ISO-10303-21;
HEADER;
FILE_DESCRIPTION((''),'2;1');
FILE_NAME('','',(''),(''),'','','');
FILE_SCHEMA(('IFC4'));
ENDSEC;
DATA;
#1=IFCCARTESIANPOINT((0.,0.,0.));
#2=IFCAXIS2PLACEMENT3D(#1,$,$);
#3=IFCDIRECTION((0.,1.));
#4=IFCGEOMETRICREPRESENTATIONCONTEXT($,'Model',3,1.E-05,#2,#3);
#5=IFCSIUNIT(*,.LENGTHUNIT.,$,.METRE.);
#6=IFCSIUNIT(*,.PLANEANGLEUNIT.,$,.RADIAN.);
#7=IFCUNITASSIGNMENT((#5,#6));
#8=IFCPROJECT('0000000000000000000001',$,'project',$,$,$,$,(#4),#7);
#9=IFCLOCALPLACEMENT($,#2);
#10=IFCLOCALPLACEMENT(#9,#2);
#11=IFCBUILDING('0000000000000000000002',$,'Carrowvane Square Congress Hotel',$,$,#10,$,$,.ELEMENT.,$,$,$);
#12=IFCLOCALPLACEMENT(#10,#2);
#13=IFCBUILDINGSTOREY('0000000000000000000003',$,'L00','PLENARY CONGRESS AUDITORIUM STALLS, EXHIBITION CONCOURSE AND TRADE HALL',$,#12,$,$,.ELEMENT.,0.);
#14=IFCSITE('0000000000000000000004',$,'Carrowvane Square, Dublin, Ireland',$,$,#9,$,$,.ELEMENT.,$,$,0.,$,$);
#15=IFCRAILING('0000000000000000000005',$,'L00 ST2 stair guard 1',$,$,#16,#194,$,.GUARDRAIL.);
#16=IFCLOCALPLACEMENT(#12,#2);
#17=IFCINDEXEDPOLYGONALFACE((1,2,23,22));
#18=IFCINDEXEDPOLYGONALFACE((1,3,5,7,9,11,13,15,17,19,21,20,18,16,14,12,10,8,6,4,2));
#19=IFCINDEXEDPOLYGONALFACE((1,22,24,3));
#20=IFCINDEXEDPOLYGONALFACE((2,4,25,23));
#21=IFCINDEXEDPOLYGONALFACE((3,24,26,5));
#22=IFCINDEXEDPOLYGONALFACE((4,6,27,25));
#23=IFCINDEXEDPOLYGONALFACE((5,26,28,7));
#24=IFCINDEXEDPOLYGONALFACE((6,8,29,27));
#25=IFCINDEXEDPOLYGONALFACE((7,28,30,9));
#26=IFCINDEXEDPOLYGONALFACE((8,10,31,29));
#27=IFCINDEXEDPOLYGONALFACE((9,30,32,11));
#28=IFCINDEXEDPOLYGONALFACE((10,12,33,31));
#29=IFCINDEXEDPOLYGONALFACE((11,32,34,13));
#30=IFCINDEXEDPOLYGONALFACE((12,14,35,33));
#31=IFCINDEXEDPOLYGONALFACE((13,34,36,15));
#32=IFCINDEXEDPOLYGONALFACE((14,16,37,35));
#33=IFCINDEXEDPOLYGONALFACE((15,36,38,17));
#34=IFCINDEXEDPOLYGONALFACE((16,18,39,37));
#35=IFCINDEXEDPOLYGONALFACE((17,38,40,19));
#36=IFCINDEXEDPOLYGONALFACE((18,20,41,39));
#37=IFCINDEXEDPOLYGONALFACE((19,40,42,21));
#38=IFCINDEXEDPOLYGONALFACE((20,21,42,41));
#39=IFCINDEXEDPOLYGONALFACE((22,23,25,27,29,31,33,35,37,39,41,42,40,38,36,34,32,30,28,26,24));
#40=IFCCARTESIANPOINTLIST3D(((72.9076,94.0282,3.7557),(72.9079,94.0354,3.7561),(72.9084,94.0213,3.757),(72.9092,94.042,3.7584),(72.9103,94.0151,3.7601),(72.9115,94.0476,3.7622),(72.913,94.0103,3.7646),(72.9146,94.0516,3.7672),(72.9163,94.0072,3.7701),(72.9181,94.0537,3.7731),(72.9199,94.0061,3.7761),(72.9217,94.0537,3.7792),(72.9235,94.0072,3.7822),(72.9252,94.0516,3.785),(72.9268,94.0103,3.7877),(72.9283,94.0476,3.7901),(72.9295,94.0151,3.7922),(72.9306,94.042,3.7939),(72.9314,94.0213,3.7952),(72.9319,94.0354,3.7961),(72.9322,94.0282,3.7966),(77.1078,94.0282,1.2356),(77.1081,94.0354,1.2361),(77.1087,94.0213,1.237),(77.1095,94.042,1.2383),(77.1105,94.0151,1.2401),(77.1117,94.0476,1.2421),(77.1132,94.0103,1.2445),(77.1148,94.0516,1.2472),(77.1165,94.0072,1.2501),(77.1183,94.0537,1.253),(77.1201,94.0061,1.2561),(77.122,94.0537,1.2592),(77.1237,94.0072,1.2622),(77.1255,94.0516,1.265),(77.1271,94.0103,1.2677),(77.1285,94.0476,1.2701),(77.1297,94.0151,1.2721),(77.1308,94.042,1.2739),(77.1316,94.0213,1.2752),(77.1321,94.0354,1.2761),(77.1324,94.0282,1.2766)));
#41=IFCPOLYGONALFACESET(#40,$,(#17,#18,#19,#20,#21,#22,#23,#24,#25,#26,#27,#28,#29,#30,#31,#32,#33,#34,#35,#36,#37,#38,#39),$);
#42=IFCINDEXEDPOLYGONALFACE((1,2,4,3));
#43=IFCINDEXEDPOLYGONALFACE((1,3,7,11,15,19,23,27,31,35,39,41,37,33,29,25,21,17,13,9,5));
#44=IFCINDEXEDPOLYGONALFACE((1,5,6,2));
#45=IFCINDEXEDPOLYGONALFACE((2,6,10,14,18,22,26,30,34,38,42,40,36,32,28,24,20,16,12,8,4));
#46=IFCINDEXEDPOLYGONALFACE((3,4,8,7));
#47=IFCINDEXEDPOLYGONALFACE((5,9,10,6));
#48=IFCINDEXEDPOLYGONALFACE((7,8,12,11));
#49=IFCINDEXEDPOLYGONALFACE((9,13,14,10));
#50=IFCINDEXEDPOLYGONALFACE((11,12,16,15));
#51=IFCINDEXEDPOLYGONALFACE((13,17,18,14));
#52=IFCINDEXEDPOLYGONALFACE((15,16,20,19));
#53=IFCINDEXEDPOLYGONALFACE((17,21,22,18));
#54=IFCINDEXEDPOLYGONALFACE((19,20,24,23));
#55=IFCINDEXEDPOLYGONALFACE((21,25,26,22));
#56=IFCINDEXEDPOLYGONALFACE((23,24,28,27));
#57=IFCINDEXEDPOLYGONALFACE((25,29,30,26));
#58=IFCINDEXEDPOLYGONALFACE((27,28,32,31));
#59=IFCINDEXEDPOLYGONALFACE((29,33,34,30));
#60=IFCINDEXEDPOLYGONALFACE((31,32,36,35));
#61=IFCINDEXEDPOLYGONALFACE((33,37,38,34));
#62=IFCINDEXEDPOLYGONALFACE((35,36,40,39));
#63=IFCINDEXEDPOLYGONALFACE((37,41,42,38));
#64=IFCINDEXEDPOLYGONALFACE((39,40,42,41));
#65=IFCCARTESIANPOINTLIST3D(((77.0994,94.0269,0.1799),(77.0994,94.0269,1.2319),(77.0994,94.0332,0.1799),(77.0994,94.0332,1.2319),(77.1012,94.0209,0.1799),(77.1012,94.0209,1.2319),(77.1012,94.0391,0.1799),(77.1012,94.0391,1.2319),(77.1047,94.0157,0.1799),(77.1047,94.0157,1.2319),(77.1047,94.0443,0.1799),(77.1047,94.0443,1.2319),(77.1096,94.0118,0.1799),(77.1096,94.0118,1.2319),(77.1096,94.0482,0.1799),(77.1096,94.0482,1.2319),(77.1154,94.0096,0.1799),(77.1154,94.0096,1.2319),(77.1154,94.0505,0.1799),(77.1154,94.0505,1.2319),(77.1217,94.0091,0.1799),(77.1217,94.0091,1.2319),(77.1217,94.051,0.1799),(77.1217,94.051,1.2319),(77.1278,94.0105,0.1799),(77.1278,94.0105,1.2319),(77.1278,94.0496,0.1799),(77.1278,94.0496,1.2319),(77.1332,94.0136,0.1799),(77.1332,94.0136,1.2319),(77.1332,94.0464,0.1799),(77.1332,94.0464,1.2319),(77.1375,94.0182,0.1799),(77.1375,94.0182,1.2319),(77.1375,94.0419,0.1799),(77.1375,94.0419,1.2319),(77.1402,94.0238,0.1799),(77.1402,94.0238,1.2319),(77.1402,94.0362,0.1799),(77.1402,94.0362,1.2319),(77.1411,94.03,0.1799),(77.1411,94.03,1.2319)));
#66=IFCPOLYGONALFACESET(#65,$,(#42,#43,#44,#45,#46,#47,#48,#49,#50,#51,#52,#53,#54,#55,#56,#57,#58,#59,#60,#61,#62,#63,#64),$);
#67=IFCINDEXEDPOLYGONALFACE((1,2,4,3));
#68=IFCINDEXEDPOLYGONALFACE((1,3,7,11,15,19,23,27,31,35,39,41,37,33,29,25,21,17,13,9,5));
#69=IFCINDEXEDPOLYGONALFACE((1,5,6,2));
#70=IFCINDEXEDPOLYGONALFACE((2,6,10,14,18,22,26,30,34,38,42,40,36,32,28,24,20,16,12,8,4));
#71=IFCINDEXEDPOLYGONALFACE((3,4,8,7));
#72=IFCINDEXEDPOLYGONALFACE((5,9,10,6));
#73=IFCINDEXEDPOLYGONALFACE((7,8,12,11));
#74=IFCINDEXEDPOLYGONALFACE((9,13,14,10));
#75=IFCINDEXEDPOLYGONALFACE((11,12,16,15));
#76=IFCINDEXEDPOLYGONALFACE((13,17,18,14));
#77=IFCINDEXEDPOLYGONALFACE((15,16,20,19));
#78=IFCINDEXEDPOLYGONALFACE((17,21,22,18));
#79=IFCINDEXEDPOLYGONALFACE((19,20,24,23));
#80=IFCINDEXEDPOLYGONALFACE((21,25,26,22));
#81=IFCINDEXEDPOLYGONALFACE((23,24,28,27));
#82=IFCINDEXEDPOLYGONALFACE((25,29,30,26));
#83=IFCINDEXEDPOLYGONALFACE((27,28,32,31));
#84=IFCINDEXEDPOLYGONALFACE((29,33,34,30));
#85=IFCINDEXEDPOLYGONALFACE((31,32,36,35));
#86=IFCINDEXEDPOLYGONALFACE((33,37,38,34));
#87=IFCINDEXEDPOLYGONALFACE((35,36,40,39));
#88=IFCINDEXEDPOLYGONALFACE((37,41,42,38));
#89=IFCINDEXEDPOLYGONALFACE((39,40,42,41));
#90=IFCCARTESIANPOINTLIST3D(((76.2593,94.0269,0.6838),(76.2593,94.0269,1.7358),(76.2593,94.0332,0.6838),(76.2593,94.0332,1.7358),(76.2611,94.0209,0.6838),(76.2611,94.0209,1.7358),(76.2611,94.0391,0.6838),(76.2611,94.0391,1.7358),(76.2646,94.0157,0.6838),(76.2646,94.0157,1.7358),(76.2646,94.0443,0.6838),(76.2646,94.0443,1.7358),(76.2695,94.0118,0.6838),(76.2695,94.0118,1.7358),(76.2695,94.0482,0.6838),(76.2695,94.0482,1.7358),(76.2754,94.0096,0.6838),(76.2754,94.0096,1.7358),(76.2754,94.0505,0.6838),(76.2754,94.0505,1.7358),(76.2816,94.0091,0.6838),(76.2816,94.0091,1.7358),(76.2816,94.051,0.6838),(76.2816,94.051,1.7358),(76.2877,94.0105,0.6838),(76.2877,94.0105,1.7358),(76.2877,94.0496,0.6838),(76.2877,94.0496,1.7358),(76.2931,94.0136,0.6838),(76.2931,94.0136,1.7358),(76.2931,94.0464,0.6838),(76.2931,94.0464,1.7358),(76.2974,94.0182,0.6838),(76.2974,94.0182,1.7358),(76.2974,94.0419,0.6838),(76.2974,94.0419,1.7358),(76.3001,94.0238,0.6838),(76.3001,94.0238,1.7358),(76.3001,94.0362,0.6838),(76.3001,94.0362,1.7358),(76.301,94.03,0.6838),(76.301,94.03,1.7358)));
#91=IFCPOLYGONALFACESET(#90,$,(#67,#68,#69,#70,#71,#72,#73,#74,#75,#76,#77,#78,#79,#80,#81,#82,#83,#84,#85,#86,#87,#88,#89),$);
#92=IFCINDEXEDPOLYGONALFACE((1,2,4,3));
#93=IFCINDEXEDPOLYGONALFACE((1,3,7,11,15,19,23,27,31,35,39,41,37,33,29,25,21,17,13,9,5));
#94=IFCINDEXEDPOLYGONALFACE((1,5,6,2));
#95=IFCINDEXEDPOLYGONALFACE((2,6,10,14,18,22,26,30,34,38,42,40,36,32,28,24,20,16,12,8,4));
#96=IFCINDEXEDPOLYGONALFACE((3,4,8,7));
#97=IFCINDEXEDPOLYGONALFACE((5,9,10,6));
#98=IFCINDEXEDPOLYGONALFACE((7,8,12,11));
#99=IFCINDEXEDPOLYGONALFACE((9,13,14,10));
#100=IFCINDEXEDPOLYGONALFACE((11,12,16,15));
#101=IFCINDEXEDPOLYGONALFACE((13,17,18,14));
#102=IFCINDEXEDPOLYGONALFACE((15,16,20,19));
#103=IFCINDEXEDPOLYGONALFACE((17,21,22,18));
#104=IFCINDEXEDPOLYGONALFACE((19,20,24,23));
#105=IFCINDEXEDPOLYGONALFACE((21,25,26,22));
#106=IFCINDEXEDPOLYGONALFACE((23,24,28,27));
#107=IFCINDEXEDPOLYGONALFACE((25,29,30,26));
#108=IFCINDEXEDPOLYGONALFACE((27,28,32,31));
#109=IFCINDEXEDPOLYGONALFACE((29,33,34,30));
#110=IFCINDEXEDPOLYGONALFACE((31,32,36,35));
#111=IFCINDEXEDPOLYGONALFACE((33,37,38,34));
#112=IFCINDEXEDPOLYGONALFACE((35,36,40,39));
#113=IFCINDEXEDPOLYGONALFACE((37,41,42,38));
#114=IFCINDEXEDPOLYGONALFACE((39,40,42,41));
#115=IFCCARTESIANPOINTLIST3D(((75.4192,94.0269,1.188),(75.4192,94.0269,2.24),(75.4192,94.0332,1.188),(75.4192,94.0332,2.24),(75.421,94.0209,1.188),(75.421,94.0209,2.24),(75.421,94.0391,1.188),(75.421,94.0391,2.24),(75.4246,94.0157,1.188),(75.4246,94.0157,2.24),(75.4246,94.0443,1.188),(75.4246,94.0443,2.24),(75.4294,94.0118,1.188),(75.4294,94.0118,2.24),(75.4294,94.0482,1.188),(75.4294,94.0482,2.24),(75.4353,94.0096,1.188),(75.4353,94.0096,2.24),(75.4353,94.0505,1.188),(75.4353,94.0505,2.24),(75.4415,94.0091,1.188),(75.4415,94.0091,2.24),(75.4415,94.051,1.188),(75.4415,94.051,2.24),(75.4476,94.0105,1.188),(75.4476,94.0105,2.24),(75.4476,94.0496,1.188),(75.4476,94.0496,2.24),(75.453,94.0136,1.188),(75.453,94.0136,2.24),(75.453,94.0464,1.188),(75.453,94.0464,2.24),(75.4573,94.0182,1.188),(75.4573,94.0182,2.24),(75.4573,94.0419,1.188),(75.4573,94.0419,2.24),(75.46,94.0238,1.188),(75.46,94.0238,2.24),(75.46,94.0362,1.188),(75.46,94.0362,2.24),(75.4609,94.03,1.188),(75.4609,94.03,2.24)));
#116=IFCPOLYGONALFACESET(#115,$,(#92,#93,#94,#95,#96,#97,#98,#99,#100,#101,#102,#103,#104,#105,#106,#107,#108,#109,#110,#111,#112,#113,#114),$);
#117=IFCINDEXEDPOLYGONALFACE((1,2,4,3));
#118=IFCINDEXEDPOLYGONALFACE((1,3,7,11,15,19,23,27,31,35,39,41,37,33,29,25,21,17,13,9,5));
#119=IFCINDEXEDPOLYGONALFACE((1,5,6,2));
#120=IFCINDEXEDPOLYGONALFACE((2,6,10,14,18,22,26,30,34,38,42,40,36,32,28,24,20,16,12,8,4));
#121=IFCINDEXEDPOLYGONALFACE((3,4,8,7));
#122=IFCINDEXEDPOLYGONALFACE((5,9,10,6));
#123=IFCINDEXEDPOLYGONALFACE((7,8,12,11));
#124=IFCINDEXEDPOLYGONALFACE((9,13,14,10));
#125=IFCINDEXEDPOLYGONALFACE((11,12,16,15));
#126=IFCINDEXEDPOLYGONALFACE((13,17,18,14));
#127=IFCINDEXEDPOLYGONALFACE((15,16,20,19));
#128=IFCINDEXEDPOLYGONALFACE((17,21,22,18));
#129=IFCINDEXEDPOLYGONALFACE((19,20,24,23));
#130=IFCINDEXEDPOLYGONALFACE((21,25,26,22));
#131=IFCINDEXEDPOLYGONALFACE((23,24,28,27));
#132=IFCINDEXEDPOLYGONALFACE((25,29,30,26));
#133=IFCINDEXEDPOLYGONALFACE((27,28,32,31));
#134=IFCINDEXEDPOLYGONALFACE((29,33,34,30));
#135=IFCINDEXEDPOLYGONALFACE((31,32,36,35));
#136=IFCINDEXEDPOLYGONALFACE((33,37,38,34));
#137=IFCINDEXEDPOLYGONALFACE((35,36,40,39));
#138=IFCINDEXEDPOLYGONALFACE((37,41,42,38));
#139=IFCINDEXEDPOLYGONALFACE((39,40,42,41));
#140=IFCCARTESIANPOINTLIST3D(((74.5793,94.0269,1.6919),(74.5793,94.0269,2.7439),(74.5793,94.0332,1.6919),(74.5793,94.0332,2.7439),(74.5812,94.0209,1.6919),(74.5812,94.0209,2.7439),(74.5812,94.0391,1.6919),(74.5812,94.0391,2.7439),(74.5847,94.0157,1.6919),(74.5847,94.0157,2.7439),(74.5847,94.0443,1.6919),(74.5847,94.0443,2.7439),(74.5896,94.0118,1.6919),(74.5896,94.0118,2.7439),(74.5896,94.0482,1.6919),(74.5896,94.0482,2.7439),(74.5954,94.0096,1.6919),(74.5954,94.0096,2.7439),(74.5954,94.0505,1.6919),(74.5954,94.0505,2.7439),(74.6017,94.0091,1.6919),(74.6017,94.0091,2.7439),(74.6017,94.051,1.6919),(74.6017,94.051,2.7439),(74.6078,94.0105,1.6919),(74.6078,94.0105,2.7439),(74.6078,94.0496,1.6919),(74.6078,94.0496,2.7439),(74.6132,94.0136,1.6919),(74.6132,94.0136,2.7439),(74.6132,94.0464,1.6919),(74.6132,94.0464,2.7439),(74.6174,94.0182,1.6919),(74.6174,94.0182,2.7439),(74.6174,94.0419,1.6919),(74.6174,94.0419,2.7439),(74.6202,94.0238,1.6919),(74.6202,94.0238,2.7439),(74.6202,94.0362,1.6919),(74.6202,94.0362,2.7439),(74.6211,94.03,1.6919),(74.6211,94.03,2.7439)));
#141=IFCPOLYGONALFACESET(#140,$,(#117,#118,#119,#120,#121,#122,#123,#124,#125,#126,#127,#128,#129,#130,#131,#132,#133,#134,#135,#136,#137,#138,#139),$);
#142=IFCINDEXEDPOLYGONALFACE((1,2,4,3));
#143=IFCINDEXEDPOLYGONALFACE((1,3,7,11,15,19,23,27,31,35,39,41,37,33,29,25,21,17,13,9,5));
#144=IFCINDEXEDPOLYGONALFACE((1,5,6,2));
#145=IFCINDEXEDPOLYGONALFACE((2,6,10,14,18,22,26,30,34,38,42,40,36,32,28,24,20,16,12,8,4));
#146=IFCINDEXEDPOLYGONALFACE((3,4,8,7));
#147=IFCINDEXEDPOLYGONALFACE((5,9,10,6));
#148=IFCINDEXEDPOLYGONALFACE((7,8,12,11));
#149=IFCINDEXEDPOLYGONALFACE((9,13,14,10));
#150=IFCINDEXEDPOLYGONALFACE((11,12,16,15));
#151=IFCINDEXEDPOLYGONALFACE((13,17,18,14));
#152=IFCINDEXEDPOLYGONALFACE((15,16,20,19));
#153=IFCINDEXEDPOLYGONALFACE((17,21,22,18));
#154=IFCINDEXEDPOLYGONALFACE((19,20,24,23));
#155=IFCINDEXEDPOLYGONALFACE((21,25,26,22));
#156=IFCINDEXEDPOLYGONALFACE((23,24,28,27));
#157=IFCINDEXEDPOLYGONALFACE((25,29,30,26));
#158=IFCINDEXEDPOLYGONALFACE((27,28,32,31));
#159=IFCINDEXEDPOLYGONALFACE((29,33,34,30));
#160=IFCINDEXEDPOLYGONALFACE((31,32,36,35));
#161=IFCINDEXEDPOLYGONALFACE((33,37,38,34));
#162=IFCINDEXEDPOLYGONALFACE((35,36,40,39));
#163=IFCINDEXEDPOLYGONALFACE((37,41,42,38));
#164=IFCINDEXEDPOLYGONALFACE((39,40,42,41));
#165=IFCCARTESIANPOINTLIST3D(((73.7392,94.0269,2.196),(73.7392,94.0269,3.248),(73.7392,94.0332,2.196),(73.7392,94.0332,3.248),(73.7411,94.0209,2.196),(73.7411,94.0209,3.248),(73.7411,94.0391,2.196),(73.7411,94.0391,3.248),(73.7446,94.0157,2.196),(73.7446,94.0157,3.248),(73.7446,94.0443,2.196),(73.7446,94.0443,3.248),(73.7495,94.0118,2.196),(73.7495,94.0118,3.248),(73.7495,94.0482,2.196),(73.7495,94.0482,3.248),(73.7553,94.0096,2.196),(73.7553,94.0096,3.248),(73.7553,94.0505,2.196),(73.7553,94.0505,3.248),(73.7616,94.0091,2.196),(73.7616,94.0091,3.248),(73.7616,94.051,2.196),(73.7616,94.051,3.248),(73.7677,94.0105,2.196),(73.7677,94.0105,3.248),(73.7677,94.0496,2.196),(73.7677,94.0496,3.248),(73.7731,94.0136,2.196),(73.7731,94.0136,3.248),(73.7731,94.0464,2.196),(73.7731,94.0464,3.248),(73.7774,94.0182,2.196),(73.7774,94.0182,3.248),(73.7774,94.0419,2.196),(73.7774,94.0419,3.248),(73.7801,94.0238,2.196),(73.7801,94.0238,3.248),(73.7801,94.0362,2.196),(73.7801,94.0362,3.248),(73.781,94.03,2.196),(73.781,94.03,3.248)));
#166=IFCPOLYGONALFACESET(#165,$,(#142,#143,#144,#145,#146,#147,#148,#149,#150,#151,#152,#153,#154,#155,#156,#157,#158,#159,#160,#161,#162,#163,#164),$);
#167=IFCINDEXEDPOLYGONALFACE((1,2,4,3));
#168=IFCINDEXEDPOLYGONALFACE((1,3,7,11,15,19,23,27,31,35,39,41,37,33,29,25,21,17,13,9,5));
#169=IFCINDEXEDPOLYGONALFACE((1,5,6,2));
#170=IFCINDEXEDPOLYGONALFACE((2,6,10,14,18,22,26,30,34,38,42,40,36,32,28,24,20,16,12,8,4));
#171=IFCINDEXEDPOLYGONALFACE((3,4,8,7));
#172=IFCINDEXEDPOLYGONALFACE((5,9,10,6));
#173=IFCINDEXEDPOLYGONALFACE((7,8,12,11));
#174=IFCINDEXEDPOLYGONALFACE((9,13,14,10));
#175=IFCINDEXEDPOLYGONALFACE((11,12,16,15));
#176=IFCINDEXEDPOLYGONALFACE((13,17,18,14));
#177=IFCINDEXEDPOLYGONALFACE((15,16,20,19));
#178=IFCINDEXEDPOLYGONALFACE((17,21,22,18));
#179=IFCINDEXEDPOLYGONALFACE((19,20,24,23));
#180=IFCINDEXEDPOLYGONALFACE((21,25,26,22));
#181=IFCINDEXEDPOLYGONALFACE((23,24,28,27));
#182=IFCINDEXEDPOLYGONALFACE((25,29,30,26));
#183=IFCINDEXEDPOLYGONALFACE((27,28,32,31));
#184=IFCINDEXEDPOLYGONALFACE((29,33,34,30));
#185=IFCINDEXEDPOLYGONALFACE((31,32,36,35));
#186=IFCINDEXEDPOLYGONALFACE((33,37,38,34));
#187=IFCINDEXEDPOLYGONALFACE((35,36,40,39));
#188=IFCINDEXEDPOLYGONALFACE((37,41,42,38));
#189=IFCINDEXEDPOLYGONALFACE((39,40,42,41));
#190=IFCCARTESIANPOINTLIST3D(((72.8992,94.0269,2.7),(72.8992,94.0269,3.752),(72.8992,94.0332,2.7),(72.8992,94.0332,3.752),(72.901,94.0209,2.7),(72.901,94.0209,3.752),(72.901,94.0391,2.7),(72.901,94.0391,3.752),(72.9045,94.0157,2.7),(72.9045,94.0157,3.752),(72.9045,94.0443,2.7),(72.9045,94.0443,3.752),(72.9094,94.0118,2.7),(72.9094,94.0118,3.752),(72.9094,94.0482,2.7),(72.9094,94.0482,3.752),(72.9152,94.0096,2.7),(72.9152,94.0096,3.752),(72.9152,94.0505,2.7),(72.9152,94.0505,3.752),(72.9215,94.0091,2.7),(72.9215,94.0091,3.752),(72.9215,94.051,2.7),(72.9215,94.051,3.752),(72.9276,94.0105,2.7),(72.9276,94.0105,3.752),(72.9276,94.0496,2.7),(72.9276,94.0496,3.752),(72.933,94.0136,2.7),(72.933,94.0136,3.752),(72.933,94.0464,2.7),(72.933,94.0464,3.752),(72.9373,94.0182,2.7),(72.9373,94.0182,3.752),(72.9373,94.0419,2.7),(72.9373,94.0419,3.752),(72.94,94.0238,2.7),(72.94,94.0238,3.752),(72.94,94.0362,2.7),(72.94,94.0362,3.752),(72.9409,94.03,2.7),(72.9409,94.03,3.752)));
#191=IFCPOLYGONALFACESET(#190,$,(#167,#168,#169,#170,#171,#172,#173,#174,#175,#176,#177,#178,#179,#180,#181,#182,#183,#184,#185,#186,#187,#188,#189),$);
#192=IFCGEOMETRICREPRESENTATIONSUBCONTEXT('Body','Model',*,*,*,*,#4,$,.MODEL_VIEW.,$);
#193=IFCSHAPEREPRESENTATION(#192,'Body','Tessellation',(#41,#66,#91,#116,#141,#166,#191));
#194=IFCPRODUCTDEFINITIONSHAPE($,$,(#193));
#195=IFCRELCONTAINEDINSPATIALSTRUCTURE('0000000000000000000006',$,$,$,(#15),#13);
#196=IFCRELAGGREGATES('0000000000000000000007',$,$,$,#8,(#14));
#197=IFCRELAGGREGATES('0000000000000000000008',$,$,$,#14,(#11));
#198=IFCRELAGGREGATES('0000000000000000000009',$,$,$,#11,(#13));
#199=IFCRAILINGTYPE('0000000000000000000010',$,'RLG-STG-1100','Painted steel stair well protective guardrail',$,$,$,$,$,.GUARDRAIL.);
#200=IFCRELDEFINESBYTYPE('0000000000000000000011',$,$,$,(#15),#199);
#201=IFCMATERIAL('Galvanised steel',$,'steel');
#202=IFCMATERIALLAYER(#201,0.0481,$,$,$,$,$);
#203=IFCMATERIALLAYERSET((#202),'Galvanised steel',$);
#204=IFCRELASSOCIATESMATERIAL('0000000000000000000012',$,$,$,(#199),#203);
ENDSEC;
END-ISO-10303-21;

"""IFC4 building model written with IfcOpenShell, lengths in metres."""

from ifc_helpers import new_model, si_unit, direction, frame, origin, origin_2d, place, context, subcontext, project, spatial, circle, extrude, material, layer, layer_set, type_object, element, save


model = new_model("IFC4")

# Units and contexts
model_context = context("Model", 3, precision=1e-05, world=origin(), true_north=direction((0.0, 1.0)))
body_context = subcontext(model_context, "Body", "Model", "MODEL_VIEW")
ifc_project = project(units=[si_unit("LENGTHUNIT", "METRE"), si_unit("PLANEANGLEUNIT", "RADIAN")], contexts=[model_context])

# Site, building, storey
site_placement = place(None, origin())
site = spatial("IfcSite", under=ifc_project, at=site_placement, Name="Carrowvane Square, Dublin, Ireland", CompositionType="ELEMENT", RefElevation=0.0)
building_placement = place(site_placement, origin())
building = spatial("IfcBuilding", under=site, at=building_placement, Name="Carrowvane Square Congress Hotel", CompositionType="ELEMENT")
storey_placement = place(building_placement, origin())
storey = spatial("IfcBuildingStorey", under=building, at=storey_placement, Name="L00", Description="PLENARY CONGRESS AUDITORIUM STALLS, EXHIBITION CONCOURSE AND TRADE HALL", CompositionType="ELEMENT", Elevation=0.0)

# Railing
ifc_material_1 = material(Name="Galvanised steel", Category="steel")
ifc_layer_1 = layer(ifc_material_1, 0.0481)
ifc_layer_set_1 = layer_set([ifc_layer_1], Name="Galvanised steel")
railing_type_1 = type_object("IfcRailingType", Name="RLG-STG-1100", Description="Painted steel stair well protective guardrail", PredefinedType="GUARDRAIL", material=ifc_layer_set_1)
railing_1_placement = place(storey_placement, frame((77.1201, 94.03, 0.1799)))
element("IfcRailing", 1, at=railing_1_placement, inside=storey, type_object=railing_type_1, Name="L00 ST2 stair guard 1", PredefinedType="GUARDRAIL", context=body_context, shape_type="SweptSolid", body=[
    extrude(circle(Radius=0.0239, at=origin_2d()), frame((0.0, 0.0, 1.0762), z_axis=(-0.857502, 0.0, 0.514481), x_axis=(0.0, -1.0, 0.0)), (0.0, 0.0, 1.0), 4.8982),
    extrude(circle(Radius=0.021, at=origin_2d()), origin(), (0.0, 0.0, 1.0), 1.052),
    extrude(circle(Radius=0.021, at=origin_2d()), frame((-0.8401, 0.0, 0.5039)), (0.0, 0.0, 1.0), 1.052),
    extrude(circle(Radius=0.021, at=origin_2d()), frame((-1.6802, 0.0, 1.0081)), (0.0, 0.0, 1.0), 1.052),
    extrude(circle(Radius=0.021, at=origin_2d()), frame((-2.52, 0.0, 1.512)), (0.0, 0.0, 1.0), 1.052),
    extrude(circle(Radius=0.021, at=origin_2d()), frame((-3.3601, 0.0, 2.0161)), (0.0, 0.0, 1.0), 1.052),
    extrude(circle(Radius=0.021, at=origin_2d()), frame((-4.2002, 0.0, 2.52)), (0.0, 0.0, 1.0), 1.052),
])

save(model, "model.ifc")
